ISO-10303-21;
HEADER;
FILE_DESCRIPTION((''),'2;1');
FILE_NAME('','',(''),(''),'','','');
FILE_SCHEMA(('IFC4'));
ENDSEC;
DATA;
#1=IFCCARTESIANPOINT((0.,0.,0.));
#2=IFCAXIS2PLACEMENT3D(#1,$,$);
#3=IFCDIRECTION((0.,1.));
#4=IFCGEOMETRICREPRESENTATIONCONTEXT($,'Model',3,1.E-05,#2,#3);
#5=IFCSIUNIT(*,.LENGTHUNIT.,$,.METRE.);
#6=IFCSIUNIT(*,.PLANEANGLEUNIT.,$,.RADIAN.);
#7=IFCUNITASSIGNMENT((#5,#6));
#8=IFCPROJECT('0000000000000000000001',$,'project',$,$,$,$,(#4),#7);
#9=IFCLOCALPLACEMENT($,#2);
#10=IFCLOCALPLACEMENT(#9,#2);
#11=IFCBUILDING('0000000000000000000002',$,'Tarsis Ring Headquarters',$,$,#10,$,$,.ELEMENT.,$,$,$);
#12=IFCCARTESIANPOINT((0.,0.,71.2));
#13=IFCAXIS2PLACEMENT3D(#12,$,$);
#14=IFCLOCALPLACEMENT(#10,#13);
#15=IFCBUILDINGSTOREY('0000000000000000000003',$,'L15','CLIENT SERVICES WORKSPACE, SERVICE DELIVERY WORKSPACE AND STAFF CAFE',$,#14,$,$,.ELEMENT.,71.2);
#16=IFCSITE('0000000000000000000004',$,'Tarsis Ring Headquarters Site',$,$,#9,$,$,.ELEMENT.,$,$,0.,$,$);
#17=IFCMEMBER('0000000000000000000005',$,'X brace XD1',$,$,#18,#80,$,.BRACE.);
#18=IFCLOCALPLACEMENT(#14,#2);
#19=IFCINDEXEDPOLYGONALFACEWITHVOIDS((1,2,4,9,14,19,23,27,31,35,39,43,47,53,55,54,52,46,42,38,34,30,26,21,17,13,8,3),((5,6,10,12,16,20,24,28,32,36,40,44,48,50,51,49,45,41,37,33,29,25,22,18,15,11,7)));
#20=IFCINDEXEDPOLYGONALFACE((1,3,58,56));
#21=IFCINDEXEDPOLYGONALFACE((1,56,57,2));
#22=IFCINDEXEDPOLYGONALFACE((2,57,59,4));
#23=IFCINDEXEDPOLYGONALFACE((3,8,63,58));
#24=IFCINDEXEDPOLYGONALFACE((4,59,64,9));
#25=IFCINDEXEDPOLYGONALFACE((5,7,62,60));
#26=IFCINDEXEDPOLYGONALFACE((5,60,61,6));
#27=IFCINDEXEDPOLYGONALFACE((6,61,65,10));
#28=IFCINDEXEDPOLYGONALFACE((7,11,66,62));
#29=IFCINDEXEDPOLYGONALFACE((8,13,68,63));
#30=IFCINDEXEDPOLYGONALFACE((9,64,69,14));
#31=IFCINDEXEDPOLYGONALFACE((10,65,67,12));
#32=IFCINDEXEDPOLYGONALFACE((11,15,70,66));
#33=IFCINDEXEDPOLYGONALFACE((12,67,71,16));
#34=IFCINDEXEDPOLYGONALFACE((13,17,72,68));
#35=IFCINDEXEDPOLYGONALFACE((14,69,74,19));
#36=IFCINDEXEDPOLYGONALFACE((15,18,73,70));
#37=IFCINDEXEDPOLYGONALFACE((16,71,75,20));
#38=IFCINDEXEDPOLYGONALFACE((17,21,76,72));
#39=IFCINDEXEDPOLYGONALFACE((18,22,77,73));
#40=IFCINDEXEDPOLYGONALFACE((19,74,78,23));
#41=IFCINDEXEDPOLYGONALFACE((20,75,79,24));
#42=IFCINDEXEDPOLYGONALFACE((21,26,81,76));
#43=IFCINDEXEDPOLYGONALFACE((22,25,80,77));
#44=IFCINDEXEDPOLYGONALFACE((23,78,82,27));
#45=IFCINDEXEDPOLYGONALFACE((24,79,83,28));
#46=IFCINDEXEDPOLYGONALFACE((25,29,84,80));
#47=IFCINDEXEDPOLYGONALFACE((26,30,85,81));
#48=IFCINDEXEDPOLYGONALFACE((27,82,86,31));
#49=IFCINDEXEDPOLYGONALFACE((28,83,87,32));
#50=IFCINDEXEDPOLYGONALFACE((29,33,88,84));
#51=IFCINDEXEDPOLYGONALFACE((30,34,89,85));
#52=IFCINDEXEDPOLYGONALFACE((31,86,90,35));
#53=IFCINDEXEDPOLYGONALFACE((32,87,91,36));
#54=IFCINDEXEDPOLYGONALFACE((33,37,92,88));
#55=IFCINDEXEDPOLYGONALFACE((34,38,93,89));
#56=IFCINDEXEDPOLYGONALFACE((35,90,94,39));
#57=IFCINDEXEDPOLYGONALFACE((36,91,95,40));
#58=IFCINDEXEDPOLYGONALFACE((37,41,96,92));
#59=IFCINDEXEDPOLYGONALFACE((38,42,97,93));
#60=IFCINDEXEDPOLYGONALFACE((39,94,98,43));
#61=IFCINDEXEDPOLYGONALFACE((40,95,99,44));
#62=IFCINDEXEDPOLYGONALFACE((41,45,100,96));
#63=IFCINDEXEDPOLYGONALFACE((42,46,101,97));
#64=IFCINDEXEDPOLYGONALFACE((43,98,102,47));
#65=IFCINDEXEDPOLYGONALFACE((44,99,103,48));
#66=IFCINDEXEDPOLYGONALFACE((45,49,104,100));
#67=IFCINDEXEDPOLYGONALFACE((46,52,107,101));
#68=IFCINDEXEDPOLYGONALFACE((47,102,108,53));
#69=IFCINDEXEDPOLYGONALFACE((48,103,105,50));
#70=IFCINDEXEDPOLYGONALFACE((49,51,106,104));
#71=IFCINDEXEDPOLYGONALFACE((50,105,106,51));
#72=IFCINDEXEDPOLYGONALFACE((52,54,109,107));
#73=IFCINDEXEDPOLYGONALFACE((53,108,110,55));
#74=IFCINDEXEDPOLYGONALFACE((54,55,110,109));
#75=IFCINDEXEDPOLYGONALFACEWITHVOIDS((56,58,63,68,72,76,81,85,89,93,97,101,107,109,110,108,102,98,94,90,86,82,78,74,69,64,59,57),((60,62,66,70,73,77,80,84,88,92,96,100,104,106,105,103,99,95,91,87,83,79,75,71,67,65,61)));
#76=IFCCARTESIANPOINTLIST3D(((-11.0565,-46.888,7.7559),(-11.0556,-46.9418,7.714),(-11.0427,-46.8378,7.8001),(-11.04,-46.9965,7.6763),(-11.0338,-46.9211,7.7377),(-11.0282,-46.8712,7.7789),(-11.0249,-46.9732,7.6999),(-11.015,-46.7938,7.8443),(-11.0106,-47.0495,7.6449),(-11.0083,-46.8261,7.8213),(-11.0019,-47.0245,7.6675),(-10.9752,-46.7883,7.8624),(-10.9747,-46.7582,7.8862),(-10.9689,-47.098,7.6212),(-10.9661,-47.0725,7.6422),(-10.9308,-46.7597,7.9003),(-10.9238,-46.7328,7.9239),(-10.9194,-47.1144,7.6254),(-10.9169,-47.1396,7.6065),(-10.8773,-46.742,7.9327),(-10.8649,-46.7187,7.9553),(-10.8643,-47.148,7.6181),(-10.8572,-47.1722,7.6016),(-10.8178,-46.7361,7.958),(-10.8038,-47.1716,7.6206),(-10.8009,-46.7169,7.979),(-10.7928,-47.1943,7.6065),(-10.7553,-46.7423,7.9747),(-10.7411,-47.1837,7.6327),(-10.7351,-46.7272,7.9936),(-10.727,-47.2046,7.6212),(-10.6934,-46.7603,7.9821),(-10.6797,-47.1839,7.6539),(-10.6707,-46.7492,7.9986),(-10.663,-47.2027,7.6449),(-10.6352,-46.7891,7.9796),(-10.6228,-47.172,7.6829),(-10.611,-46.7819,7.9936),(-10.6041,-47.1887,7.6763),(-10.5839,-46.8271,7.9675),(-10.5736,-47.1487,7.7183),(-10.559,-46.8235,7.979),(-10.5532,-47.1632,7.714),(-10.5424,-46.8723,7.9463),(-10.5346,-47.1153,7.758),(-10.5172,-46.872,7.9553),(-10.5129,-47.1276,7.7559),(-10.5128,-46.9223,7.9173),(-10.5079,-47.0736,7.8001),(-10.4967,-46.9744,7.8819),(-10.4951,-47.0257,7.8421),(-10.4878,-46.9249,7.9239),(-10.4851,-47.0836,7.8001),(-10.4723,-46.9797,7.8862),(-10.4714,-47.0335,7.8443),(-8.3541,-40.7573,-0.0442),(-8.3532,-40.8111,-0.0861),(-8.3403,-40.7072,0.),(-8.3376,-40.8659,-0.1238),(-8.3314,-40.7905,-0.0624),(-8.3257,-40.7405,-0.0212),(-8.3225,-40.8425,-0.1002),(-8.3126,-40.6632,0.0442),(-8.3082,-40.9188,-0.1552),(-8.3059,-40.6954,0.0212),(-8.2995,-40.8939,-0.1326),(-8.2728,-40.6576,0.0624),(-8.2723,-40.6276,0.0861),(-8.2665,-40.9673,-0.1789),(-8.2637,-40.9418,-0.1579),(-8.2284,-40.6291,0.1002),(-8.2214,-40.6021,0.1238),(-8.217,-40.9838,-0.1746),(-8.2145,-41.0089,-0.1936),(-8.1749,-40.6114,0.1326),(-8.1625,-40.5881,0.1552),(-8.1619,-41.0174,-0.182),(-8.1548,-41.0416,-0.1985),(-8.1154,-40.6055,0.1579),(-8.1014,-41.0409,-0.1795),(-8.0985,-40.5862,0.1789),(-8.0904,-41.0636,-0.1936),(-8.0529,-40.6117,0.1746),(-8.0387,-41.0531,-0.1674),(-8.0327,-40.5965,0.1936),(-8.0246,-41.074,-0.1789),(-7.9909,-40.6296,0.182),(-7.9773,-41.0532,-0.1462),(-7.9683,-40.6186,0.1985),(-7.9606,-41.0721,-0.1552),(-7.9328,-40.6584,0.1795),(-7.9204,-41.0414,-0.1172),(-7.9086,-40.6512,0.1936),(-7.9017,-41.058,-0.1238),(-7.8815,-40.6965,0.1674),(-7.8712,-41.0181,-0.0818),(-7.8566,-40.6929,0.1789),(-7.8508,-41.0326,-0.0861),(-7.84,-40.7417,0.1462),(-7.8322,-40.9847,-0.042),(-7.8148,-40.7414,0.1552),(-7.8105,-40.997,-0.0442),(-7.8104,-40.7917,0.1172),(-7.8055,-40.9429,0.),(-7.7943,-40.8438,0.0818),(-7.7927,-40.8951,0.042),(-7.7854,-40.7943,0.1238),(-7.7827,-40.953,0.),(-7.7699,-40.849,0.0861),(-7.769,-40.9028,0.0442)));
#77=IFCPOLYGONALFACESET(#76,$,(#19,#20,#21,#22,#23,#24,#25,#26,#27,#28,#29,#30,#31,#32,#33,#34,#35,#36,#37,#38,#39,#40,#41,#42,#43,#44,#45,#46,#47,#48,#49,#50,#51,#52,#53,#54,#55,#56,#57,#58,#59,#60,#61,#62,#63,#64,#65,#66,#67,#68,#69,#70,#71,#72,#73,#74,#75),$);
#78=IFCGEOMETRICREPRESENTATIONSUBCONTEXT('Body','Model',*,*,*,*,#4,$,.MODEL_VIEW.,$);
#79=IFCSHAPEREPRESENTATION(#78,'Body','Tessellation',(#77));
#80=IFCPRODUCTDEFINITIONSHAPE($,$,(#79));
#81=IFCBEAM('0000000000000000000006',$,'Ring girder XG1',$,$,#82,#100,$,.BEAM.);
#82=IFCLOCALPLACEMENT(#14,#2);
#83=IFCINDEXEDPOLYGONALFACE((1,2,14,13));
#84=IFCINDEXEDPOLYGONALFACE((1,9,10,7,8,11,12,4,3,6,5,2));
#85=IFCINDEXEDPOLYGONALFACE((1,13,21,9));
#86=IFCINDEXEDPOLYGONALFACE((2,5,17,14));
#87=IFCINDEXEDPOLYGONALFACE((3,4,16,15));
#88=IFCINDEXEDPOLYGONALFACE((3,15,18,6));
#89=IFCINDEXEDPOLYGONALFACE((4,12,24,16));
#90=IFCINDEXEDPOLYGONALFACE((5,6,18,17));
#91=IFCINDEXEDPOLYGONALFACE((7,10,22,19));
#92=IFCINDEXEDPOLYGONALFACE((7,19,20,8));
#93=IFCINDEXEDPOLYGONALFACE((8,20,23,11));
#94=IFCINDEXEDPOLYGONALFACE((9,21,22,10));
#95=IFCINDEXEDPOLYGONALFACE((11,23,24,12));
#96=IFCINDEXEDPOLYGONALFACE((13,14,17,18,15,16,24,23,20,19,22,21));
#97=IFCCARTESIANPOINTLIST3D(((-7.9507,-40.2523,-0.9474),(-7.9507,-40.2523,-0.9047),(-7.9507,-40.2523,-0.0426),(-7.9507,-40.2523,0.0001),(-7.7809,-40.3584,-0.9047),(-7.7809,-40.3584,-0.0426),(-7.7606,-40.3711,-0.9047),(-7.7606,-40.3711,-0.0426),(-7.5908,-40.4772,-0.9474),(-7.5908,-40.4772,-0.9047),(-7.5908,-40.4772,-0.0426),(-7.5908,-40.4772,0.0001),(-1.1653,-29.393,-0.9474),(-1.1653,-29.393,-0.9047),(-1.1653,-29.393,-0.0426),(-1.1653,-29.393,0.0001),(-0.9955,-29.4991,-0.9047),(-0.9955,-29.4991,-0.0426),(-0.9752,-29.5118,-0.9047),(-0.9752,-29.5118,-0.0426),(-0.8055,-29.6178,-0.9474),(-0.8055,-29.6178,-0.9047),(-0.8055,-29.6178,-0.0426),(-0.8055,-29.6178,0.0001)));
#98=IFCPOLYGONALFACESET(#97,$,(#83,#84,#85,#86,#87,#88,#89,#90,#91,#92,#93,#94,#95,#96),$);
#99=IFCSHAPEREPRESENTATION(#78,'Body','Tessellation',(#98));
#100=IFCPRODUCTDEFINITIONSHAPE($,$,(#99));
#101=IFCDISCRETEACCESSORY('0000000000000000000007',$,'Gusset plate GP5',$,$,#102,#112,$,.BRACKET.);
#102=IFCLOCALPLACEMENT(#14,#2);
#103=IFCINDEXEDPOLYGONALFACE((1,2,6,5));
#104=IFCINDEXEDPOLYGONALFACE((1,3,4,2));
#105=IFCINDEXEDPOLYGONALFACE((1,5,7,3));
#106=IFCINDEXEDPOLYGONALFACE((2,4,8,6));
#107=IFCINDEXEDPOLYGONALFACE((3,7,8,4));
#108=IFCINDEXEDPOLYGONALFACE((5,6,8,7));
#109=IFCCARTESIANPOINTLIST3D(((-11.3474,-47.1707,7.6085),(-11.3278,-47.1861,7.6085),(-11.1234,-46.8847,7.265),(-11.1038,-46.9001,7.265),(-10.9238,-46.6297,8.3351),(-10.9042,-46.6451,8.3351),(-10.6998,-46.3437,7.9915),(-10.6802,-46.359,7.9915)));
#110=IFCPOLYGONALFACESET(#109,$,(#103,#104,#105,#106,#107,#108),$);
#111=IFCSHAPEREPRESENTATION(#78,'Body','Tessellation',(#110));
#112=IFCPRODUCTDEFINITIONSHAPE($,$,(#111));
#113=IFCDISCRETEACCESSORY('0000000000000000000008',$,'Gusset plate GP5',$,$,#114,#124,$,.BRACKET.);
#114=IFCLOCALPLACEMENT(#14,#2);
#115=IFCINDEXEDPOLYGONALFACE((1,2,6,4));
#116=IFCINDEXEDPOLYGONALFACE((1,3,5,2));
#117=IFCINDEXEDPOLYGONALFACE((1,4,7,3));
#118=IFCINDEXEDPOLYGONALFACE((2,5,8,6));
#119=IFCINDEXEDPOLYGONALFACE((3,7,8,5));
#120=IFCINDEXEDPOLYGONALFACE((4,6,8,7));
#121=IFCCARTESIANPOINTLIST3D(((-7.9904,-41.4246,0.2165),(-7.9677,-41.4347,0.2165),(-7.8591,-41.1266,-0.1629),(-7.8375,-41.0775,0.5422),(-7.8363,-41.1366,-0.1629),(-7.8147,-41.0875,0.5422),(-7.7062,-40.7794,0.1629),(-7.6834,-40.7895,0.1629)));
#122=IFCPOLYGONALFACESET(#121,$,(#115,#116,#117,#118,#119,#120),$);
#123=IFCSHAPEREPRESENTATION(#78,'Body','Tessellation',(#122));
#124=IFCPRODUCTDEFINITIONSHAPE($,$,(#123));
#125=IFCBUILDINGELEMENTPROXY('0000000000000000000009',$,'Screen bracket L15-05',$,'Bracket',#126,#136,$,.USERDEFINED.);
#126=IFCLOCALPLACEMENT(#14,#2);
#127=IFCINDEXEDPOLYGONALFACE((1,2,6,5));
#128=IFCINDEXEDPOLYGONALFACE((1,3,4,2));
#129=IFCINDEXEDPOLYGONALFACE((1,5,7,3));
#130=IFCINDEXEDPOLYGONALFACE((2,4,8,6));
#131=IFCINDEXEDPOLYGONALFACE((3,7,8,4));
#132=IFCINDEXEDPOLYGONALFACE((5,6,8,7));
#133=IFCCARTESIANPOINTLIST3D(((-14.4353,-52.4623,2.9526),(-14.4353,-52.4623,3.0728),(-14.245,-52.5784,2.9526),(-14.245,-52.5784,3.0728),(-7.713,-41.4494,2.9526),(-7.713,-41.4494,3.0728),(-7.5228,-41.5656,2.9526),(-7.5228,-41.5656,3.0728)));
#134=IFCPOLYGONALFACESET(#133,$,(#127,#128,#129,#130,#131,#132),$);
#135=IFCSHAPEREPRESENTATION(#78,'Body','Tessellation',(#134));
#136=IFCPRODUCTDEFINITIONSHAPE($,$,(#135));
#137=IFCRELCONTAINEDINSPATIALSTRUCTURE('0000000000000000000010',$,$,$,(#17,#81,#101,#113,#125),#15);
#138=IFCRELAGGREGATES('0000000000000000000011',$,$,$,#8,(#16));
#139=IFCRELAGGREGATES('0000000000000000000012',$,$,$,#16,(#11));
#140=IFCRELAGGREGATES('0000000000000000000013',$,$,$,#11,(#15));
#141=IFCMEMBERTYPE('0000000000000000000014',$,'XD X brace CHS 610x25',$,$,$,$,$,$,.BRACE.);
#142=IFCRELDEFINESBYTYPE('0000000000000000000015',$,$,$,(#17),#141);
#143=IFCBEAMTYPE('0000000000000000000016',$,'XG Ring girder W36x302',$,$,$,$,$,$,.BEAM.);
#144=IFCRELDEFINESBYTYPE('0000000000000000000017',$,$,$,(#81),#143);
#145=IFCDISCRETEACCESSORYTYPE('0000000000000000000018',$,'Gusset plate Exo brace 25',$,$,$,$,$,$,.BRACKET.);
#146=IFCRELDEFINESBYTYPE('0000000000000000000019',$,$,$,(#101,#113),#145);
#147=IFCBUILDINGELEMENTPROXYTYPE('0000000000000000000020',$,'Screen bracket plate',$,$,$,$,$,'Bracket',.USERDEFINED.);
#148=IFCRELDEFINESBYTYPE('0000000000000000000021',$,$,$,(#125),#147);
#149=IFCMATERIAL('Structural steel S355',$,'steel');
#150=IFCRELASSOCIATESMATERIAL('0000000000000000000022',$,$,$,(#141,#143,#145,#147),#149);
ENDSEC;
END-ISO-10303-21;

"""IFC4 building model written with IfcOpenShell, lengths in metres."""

from ifc_helpers import new_model, si_unit, direction, frame, origin, origin_2d, place, context, subcontext, project, spatial, rectangle, hollow_circle, i_section, extrude, material, material_profile, profile_set, type_object, element, save


model = new_model("IFC4")

# Units and contexts
model_context = context("Model", 3, precision=1e-05, world=origin(), true_north=direction((0.0, 1.0)))
body_context = subcontext(model_context, "Body", "Model", "MODEL_VIEW")
ifc_project = project(units=[si_unit("LENGTHUNIT", "METRE"), si_unit("PLANEANGLEUNIT", "RADIAN")], contexts=[model_context])

# Site, building, storey
site_placement = place(None, origin())
site = spatial("IfcSite", under=ifc_project, at=site_placement, Name="Tarsis Ring Headquarters Site", CompositionType="ELEMENT", RefElevation=0.0)
building_placement = place(site_placement, origin())
building = spatial("IfcBuilding", under=site, at=building_placement, Name="Tarsis Ring Headquarters", CompositionType="ELEMENT")
storey_placement = place(building_placement, frame((0.0, 0.0, 71.2)))
storey = spatial("IfcBuildingStorey", under=building, at=storey_placement, Name="L15", Description="CLIENT SERVICES WORKSPACE, SERVICE DELIVERY WORKSPACE AND STAFF CAFE", CompositionType="ELEMENT", Elevation=71.2)

# Member
ifc_material_1 = material(Name="Structural steel S355", Category="steel")
ifc_material_profile_1 = material_profile(ifc_material_1, hollow_circle(Radius=0.3047, WallThickness=0.0249, at=origin_2d()), Name="CHS 610x25")
ifc_profile_set_1 = profile_set([ifc_material_profile_1], Name="Structural steel S355")
member_type = type_object("IfcMemberType", Name="XD X brace CHS 610x25", PredefinedType="BRACE", material=ifc_profile_set_1)
member_placement = place(storey_placement, frame((-8.0615, -40.8301, 0.0), z_axis=(-0.262817, -0.596223, 0.758581), x_axis=(0.915044, -0.403354, 0.0)))
element("IfcMember", 1, at=member_placement, inside=storey, type_object=member_type, Name="X brace XD1", PredefinedType="BRACE", context=body_context, shape_type="SweptSolid", body=[
    extrude(hollow_circle(Radius=0.3047, WallThickness=0.0249, at=origin_2d()), origin(), (0.0, 0.0, 1.0), 10.2825),
])

# Beam
ifc_material_profile_2 = material_profile(ifc_material_1, i_section(OverallWidth=0.4243, OverallDepth=0.9475, WebThickness=0.0239, FlangeThickness=0.0427, at=origin_2d()), Name="W36x302")
ifc_profile_set_2 = profile_set([ifc_material_profile_2], Name="Structural steel S355")
beam_type = type_object("IfcBeamType", Name="XG Ring girder W36x302", PredefinedType="BEAM", material=ifc_profile_set_2)
beam_placement = place(storey_placement, frame((-7.7708, -40.3647, -0.4736), z_axis=(0.529903, 0.848058, 0.0), x_axis=(-0.848058, 0.529903, 0.0)))
element("IfcBeam", 2, at=beam_placement, inside=storey, type_object=beam_type, Name="Ring girder XG1", PredefinedType="BEAM", context=body_context, shape_type="SweptSolid", body=[
    extrude(i_section(OverallWidth=0.4243, OverallDepth=0.9475, WebThickness=0.0239, FlangeThickness=0.0427, at=origin_2d()), origin(), (0.0, 0.0, 1.0), 12.8049),
])

# Discrete accessories
ifc_material_profile_3 = material_profile(ifc_material_1, rectangle(XDim=0.0249, YDim=0.5, at=origin_2d()), Name="PL 25x500")
ifc_profile_set_3 = profile_set([ifc_material_profile_3], Name="Structural steel S355")
discrete_accessory_type = type_object("IfcDiscreteAccessoryType", Name="Gusset plate Exo brace 25", PredefinedType="BRACKET", material=ifc_profile_set_3)
discrete_accessory_1_placement = place(storey_placement, frame((-11.2256, -47.0354, 7.4368), z_axis=(0.423581, 0.541012, 0.726557), x_axis=(-0.787378, 0.616471, 0.0)))
element("IfcDiscreteAccessory", 3, at=discrete_accessory_1_placement, inside=storey, type_object=discrete_accessory_type, Name="Gusset plate GP5", PredefinedType="BRACKET", context=body_context, shape_type="SweptSolid", body=[
    extrude(rectangle(XDim=0.0249, YDim=0.5, at=origin_2d()), origin(), (0.0, 0.0, 1.0), 1.0),
])
discrete_accessory_2_placement = place(storey_placement, frame((-7.7712, -40.958, 0.0), z_axis=(-0.262667, -0.596128, 0.758708), x_axis=(0.915105, -0.403216, 0.0)))
element("IfcDiscreteAccessory", 4, at=discrete_accessory_2_placement, inside=storey, type_object=discrete_accessory_type, Name="Gusset plate GP5", PredefinedType="BRACKET", context=body_context, shape_type="SweptSolid", body=[
    extrude(rectangle(XDim=0.0249, YDim=0.5, at=origin_2d()), origin(), (0.0, 0.0, 1.0), 0.5),
])

# Building element proxy
building_element_proxy_type = type_object("IfcBuildingElementProxyType", Name="Screen bracket plate", ElementType="Bracket", PredefinedType="USERDEFINED", material=ifc_material_1)
proxy_placement = place(storey_placement, frame((-10.979, -47.0139, 2.9526), z_axis=(0.0, 0.0, 1.0), x_axis=(0.52101, 0.853551, 0.0)))
element("IfcBuildingElementProxy", 5, at=proxy_placement, inside=storey, type_object=building_element_proxy_type, Name="Screen bracket L15-05", ObjectType="Bracket", PredefinedType="USERDEFINED", context=body_context, shape_type="SweptSolid", body=[
    extrude(rectangle(XDim=12.9023, YDim=0.2229, at=origin_2d()), origin(), (0.0, 0.0, 1.0), 0.1201),
])

save(model, "model.ifc")
